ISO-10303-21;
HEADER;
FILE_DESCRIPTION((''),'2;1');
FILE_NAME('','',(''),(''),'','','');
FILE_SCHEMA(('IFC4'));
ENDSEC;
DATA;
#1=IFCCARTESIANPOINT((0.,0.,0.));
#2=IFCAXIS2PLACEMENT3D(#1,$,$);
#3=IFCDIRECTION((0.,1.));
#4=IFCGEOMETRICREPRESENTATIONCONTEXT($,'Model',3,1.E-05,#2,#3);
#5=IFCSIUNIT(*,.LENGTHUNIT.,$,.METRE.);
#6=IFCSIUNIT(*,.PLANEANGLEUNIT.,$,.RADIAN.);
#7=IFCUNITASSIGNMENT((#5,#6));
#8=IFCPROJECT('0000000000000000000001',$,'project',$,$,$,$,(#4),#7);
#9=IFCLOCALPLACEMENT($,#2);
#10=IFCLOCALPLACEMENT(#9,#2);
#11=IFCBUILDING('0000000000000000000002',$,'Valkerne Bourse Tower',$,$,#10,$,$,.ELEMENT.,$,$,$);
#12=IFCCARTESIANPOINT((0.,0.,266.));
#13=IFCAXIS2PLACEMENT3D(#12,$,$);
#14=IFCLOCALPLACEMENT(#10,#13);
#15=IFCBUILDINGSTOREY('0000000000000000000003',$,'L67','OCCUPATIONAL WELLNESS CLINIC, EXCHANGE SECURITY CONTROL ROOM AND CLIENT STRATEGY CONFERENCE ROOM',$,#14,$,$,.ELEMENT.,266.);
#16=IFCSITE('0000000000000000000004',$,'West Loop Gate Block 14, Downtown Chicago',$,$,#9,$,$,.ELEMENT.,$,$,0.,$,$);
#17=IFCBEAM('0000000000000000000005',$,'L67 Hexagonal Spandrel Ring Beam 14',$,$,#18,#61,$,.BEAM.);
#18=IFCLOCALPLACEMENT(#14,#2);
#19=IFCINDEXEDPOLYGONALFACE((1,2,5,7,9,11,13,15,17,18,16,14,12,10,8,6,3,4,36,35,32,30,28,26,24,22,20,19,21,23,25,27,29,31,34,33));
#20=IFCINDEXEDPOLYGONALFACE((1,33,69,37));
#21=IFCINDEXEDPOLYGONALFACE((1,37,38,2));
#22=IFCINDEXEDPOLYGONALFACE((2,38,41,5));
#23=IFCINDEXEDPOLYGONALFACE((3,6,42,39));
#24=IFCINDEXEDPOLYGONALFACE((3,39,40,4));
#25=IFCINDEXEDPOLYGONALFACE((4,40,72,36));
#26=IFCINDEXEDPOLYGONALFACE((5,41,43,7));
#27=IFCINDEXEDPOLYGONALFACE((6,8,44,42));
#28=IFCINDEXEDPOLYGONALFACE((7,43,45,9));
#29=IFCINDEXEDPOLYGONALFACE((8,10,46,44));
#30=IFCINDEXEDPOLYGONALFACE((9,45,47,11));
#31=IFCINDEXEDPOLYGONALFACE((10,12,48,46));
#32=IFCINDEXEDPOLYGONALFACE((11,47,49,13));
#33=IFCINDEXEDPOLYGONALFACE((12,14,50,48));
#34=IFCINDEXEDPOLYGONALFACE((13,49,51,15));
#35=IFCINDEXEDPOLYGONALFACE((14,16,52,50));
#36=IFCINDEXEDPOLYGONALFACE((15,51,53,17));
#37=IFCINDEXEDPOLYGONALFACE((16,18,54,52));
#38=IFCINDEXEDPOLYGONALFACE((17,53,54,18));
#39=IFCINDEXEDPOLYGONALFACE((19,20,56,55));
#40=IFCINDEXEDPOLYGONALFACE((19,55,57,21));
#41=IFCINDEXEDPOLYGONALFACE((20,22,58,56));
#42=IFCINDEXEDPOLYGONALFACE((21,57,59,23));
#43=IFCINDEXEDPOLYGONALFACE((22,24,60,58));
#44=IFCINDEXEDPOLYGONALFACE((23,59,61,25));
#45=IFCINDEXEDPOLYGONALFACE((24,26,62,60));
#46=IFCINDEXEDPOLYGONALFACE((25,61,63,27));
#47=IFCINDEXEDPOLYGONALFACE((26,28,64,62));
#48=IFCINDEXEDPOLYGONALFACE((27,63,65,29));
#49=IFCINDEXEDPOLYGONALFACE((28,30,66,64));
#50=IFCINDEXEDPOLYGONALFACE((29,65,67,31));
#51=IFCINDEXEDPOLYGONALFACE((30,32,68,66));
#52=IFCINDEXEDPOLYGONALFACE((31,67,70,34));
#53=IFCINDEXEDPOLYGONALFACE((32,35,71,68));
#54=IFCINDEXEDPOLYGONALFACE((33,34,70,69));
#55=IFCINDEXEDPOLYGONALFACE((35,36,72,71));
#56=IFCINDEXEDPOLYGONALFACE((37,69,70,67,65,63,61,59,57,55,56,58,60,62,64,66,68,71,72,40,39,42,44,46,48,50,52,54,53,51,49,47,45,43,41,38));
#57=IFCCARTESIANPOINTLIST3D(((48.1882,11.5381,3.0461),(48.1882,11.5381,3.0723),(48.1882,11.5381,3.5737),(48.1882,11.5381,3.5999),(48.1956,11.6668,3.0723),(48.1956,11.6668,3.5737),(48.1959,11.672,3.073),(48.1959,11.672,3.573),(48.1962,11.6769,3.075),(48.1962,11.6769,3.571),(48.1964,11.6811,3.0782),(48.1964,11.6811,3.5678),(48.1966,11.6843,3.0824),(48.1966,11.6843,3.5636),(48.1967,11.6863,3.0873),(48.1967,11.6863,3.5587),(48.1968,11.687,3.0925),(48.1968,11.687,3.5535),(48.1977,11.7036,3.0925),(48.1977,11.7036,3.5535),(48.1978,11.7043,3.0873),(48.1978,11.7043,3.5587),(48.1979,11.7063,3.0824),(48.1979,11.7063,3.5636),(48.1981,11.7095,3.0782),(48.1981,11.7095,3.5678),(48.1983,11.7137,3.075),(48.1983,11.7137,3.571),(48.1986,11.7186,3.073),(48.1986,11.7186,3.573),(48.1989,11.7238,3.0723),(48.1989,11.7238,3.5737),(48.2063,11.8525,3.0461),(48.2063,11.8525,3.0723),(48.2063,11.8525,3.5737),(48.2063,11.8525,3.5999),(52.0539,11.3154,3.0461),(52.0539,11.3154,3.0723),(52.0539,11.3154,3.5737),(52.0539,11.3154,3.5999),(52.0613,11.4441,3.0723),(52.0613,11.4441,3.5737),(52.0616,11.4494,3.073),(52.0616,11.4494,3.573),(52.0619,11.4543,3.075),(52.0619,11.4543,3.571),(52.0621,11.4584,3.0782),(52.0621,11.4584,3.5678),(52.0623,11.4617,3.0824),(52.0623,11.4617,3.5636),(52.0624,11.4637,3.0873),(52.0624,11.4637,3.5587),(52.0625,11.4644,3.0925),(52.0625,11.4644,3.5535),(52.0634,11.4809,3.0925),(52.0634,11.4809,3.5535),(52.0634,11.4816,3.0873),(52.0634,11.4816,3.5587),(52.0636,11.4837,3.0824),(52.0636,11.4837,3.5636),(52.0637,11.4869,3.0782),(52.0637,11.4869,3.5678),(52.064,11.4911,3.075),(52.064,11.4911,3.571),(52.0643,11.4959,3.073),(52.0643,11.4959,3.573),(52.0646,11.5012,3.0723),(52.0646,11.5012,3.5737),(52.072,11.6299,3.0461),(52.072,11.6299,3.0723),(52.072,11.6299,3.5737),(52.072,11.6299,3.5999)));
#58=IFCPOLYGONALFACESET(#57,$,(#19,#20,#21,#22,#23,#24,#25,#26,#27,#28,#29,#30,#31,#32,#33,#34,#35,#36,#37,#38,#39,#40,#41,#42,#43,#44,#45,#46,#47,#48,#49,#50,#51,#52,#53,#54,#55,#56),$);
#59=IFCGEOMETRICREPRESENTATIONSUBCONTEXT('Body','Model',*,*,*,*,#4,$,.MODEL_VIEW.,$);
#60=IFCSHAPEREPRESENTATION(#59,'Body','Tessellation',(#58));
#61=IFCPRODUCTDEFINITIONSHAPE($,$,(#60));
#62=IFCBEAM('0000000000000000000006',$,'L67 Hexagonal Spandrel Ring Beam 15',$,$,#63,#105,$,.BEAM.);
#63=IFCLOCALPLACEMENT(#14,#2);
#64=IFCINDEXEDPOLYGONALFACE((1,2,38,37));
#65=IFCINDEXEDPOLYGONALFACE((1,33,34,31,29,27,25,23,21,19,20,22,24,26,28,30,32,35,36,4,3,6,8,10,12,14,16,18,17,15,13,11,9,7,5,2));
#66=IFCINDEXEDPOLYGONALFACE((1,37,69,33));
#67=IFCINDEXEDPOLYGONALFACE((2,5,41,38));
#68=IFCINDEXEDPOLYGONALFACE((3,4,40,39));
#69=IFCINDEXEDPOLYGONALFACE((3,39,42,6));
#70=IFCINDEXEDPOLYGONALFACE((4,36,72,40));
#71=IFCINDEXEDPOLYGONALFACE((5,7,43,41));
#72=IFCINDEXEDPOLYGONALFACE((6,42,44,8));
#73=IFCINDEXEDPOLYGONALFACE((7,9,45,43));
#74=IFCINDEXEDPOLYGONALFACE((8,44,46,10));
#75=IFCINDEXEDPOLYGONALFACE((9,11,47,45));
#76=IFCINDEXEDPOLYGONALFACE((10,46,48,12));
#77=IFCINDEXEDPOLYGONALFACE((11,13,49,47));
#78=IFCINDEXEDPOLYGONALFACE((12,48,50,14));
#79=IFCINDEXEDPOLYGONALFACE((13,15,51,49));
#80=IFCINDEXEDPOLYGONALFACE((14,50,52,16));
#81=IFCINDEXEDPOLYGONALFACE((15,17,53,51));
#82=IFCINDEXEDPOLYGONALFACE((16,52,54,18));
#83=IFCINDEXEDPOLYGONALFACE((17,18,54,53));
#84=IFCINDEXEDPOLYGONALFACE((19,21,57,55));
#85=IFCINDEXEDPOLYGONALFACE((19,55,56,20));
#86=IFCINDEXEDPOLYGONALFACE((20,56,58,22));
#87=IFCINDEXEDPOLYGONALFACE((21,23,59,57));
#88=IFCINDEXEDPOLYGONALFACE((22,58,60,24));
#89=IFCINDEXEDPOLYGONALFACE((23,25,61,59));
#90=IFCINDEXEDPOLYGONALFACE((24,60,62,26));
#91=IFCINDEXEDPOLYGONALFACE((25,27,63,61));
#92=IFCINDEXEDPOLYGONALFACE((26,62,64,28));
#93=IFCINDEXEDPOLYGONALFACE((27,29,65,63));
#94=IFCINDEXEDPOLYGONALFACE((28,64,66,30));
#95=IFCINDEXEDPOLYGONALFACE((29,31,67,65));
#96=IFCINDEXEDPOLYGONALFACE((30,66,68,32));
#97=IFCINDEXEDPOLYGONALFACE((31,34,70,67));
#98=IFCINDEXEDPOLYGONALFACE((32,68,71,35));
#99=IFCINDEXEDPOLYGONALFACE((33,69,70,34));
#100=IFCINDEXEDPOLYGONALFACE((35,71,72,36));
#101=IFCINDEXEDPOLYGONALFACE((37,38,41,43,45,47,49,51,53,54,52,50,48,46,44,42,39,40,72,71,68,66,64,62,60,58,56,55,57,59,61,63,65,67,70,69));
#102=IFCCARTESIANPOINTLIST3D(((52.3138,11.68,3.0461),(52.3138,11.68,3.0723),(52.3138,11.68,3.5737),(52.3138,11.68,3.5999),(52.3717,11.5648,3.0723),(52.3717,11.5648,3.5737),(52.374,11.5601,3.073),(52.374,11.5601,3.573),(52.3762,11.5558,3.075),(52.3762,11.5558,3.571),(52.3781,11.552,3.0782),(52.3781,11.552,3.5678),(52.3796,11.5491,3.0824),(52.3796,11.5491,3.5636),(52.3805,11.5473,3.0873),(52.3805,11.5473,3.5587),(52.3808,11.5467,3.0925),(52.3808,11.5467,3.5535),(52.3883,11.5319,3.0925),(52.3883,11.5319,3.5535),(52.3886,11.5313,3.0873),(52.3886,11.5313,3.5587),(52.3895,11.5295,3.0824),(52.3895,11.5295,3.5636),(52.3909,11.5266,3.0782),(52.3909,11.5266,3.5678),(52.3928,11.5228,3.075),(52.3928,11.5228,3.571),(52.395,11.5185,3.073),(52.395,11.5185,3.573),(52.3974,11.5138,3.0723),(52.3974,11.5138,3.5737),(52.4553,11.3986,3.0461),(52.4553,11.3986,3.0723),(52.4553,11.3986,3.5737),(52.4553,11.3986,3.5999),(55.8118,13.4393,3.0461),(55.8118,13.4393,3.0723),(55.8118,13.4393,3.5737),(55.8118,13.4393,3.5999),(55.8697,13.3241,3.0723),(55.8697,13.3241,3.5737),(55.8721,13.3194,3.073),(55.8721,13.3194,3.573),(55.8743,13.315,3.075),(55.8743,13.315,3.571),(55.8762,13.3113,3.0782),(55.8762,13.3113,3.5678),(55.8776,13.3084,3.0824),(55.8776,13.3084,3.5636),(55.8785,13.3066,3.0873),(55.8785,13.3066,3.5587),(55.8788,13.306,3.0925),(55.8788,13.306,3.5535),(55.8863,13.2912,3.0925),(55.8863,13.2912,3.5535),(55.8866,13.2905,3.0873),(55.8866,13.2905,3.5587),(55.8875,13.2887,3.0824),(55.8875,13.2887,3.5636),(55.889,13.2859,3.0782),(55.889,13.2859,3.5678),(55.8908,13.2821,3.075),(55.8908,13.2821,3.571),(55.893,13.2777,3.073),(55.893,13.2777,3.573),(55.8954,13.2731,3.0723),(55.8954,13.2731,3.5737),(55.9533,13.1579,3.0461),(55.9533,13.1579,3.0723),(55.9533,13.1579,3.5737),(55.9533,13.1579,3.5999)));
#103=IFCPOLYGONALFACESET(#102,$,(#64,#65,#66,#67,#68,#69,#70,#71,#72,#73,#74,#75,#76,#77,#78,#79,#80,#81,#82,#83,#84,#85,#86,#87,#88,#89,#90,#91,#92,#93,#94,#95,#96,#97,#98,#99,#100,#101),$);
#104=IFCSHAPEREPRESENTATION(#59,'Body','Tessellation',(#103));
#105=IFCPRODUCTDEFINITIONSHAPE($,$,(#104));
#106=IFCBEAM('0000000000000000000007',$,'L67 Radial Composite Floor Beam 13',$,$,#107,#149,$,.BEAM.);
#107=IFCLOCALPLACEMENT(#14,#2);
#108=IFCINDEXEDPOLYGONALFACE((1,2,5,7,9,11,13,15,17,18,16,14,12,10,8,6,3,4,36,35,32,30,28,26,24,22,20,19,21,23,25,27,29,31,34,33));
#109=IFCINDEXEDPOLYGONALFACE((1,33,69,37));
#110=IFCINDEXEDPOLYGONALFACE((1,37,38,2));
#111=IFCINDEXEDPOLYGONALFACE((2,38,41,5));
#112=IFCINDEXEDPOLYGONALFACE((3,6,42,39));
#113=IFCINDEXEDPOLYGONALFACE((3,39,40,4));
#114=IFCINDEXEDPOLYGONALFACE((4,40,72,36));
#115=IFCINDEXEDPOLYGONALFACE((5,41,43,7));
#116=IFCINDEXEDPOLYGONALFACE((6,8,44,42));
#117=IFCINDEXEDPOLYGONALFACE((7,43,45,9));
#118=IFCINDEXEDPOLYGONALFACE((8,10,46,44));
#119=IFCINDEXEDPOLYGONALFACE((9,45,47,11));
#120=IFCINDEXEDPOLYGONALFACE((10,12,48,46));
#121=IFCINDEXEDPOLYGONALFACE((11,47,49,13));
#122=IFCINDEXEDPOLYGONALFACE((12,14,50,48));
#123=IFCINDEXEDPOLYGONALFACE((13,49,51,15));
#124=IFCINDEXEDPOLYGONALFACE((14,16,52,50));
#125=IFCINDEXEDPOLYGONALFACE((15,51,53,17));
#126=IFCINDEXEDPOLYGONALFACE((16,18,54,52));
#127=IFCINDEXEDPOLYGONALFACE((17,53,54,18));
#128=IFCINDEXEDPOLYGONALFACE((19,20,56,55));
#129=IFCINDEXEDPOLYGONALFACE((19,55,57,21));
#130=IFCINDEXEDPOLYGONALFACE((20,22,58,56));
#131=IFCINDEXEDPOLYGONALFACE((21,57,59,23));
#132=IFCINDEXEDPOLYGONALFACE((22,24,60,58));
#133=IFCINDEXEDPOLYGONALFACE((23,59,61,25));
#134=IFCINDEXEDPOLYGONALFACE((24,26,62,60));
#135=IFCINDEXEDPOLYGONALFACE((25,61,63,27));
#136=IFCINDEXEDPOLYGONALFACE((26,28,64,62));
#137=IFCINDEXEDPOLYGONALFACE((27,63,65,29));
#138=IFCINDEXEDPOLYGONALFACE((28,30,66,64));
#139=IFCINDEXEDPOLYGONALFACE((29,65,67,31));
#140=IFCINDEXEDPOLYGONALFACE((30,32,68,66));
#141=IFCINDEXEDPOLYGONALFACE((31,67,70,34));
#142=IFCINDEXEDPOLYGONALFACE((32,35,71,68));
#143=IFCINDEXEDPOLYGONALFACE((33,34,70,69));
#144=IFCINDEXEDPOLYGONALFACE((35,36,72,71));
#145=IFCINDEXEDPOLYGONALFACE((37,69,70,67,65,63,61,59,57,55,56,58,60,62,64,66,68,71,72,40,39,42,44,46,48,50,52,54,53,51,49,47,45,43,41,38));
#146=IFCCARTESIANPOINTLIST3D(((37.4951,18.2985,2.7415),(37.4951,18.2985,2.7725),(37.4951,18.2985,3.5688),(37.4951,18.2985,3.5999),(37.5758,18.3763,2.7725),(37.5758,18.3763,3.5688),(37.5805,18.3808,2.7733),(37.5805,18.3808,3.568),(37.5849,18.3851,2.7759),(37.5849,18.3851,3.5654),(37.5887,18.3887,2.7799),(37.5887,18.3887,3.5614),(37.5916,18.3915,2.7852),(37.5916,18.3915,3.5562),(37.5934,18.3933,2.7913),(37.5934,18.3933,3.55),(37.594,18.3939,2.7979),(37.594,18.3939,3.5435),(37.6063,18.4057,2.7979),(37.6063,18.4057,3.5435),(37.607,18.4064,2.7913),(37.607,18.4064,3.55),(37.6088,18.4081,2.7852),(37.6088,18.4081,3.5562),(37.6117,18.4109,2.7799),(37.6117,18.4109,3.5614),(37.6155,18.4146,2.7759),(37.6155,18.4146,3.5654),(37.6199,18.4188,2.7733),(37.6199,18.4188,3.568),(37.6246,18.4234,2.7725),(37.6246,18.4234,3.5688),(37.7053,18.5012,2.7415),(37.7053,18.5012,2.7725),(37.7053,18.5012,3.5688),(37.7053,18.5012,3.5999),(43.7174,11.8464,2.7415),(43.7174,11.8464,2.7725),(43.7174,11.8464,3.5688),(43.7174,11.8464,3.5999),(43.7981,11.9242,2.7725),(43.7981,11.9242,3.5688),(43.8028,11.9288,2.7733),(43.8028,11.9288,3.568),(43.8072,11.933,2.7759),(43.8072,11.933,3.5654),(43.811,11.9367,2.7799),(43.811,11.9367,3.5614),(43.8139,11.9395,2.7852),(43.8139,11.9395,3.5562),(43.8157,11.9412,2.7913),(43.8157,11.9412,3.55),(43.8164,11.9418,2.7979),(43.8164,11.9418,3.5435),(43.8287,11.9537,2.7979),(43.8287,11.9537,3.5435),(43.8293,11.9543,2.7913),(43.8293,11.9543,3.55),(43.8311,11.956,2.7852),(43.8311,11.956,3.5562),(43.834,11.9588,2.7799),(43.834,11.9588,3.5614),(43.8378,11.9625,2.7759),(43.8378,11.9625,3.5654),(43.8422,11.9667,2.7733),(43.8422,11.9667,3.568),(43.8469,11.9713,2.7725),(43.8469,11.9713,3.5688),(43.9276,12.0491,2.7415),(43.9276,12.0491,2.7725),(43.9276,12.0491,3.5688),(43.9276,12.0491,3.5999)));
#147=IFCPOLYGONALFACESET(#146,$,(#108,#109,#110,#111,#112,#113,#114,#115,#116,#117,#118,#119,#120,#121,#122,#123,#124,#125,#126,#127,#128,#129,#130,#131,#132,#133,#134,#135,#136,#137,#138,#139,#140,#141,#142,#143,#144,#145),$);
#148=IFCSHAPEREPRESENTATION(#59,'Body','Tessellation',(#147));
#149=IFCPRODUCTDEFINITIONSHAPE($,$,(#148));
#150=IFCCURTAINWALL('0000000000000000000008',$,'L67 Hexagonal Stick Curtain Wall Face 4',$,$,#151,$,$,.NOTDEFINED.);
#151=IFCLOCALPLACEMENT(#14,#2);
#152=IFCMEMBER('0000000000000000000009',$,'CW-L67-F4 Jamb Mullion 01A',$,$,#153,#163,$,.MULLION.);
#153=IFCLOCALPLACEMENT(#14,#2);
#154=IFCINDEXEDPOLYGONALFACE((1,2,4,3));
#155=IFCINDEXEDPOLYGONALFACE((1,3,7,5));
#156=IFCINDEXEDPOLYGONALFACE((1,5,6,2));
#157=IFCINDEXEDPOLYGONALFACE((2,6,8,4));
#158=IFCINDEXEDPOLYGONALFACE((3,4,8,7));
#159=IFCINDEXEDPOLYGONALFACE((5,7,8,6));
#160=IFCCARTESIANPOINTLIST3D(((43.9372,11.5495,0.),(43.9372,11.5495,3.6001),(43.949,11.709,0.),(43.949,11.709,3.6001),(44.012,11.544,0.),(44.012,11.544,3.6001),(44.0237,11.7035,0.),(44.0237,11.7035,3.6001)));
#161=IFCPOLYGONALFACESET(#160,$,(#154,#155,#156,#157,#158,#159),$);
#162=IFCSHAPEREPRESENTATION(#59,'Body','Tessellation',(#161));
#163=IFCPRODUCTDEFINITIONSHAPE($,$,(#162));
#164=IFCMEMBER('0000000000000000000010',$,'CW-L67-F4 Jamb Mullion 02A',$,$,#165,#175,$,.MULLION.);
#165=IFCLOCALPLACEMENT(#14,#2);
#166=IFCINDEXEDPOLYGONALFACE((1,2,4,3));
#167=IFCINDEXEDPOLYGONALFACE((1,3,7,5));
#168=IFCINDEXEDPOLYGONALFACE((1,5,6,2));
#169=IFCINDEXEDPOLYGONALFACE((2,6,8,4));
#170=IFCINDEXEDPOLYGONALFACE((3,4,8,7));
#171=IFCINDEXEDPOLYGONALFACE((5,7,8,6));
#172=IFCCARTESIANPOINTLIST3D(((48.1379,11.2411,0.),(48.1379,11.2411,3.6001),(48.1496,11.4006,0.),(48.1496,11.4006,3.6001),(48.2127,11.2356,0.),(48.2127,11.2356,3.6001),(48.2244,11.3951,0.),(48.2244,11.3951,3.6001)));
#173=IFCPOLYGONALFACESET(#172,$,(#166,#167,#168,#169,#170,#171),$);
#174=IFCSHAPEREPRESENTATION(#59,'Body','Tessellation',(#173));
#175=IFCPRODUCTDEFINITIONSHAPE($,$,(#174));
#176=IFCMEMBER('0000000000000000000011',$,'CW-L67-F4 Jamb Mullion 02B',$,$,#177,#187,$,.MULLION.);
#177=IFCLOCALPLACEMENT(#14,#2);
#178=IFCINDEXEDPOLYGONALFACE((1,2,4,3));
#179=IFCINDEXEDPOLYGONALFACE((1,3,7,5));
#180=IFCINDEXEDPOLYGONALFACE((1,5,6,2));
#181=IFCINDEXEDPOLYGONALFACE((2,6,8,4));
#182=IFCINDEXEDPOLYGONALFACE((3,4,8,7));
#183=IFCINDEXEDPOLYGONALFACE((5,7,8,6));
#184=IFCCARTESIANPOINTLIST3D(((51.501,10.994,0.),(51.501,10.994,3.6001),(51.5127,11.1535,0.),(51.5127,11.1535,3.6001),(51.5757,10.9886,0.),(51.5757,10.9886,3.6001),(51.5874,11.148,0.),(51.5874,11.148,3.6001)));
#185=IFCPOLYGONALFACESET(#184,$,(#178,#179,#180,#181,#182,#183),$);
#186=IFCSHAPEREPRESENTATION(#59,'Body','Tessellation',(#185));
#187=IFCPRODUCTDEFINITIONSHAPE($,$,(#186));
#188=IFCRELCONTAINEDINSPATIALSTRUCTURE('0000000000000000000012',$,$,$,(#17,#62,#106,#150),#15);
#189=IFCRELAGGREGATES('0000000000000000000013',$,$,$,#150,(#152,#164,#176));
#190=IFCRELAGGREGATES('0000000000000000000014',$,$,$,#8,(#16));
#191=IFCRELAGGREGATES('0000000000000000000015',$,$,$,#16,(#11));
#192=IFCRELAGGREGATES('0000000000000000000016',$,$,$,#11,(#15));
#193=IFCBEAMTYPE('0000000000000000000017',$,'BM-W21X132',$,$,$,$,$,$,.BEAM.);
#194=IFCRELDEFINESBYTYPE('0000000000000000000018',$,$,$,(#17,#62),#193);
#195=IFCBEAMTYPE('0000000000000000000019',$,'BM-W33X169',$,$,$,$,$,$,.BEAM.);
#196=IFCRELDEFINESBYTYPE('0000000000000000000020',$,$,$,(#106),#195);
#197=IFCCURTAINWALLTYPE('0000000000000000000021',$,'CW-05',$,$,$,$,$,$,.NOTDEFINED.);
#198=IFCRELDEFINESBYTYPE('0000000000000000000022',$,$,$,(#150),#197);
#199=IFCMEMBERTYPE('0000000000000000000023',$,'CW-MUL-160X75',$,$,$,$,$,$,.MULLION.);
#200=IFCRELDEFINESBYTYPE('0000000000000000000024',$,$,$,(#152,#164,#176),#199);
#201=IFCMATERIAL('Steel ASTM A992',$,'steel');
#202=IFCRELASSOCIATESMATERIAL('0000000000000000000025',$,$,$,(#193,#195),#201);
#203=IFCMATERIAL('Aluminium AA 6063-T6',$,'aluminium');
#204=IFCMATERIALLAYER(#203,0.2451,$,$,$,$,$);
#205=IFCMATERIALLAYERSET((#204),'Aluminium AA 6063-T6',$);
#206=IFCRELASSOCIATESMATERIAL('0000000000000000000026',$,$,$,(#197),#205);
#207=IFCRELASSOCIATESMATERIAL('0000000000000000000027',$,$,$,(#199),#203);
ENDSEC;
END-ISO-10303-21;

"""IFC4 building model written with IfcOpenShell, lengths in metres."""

from ifc_helpers import new_model, si_unit, direction, frame, origin, origin_2d, place, context, subcontext, project, spatial, rectangle, i_section, extrude, material, layer, layer_set, material_profile, profile_set, type_object, element, aggregate, save


model = new_model("IFC4")

# Units and contexts
model_context = context("Model", 3, precision=1e-05, world=origin(), true_north=direction((0.0, 1.0)))
body_context = subcontext(model_context, "Body", "Model", "MODEL_VIEW")
ifc_project = project(units=[si_unit("LENGTHUNIT", "METRE"), si_unit("PLANEANGLEUNIT", "RADIAN")], contexts=[model_context])

# Site, building, storey
site_placement = place(None, origin())
site = spatial("IfcSite", under=ifc_project, at=site_placement, Name="West Loop Gate Block 14, Downtown Chicago", CompositionType="ELEMENT", RefElevation=0.0)
building_placement = place(site_placement, origin())
building = spatial("IfcBuilding", under=site, at=building_placement, Name="Valkerne Bourse Tower", CompositionType="ELEMENT")
storey_placement = place(building_placement, frame((0.0, 0.0, 266.0)))
storey = spatial("IfcBuildingStorey", under=building, at=storey_placement, Name="L67", Description="OCCUPATIONAL WELLNESS CLINIC, EXCHANGE SECURITY CONTROL ROOM AND CLIENT STRATEGY CONFERENCE ROOM", CompositionType="ELEMENT", Elevation=266.0)

# Beams
ifc_material_1 = material(Name="Steel ASTM A992", Category="steel")
ifc_material_profile_1 = material_profile(ifc_material_1, i_section(OverallWidth=0.3149, OverallDepth=0.5537, WebThickness=0.0166, FlangeThickness=0.0261, FilletRadius=0.0203, at=origin_2d()), Name="W21X132")
ifc_profile_set_1 = profile_set([ifc_material_profile_1], Name="Steel ASTM A992")
beam_type_1 = type_object("IfcBeamType", Name="BM-W21X132", PredefinedType="BEAM", material=ifc_profile_set_1)
for number, where, z_axis, x_axis, name in (
    (1, (48.1973, 11.6953, 3.323), (0.998345, -0.057502, 0.0), (0.057502, 0.998345, 0.0), "L67 Hexagonal Spandrel Ring Beam 14"),
):
    element("IfcBeam", number, at=place(storey_placement, frame(where, z_axis=z_axis, x_axis=x_axis)), inside=storey, type_object=beam_type_1, Name=name, PredefinedType="BEAM", context=body_context, shape_type="SweptSolid", body=[
        extrude(i_section(OverallWidth=0.3149, OverallDepth=0.5537, WebThickness=0.0166, FlangeThickness=0.0261, FilletRadius=0.0203, at=origin_2d()), origin(), (0.0, 0.0, 1.0), 3.8721),
    ])
beam_1_placement = place(storey_placement, frame((52.3845, 11.5393, 3.323), z_axis=(0.893377, 0.449307, 0.0), x_axis=(-0.449307, 0.893377, 0.0)))
element("IfcBeam", 2, at=beam_1_placement, inside=storey, type_object=beam_type_1, Name="L67 Hexagonal Spandrel Ring Beam 15", PredefinedType="BEAM", context=body_context, shape_type="SweptSolid", body=[
    extrude(i_section(OverallWidth=0.3149, OverallDepth=0.5537, WebThickness=0.0166, FlangeThickness=0.0261, FilletRadius=0.0203, at=origin_2d()), origin(), (0.0, 0.0, 1.0), 3.9155),
])
ifc_material_profile_2 = material_profile(ifc_material_1, i_section(OverallWidth=0.292, OverallDepth=0.8584, WebThickness=0.0171, FlangeThickness=0.031, FilletRadius=0.0254, at=origin_2d()), Name="W33X169")
ifc_profile_set_2 = profile_set([ifc_material_profile_2], Name="Steel ASTM A992")
beam_type_2 = type_object("IfcBeamType", Name="BM-W33X169", PredefinedType="BEAM", material=ifc_profile_set_2)
beam_2_placement = place(storey_placement, frame((43.8225, 11.9478, 3.1707), z_axis=(-0.694176, 0.719805, 0.0), x_axis=(-0.719805, -0.694176, 0.0)))
element("IfcBeam", 3, at=beam_2_placement, inside=storey, type_object=beam_type_2, Name="L67 Radial Composite Floor Beam 13", PredefinedType="BEAM", context=body_context, shape_type="SweptSolid", body=[
    extrude(i_section(OverallWidth=0.292, OverallDepth=0.8584, WebThickness=0.0171, FlangeThickness=0.031, FilletRadius=0.0254, at=origin_2d()), origin(), (0.0, 0.0, 1.0), 8.9636),
])

# Curtain wall, members
ifc_material_2 = material(Name="Aluminium AA 6063-T6", Category="aluminium")
ifc_layer_1 = layer(ifc_material_2, 0.2451)
ifc_layer_set_1 = layer_set([ifc_layer_1], Name="Aluminium AA 6063-T6")
curtain_wall_type = type_object("IfcCurtainWallType", Name="CW-05", PredefinedType="NOTDEFINED", material=ifc_layer_set_1)
curtain_wall_placement = place(storey_placement, origin())
curtain_wall = element("IfcCurtainWall", 4, at=curtain_wall_placement, inside=storey, type_object=curtain_wall_type, Name="L67 Hexagonal Stick Curtain Wall Face 4", PredefinedType="NOTDEFINED")
ifc_material_profile_3 = material_profile(ifc_material_2, rectangle(XDim=0.075, YDim=0.1599, at=origin_2d()), Name="CWM-75X160")
ifc_profile_set_3 = profile_set([ifc_material_profile_3], Name="Aluminium AA 6063-T6")
member_type_1 = type_object("IfcMemberType", Name="CW-MUL-160X75", PredefinedType="MULLION", material=ifc_profile_set_3)
member_1_placement = place(storey_placement, frame((43.9805, 11.6265, 0.0), z_axis=(0.0, 0.0, 1.0), x_axis=(0.997314, -0.073243, 0.0)))
member_1 = element("IfcMember", 5, at=member_1_placement, type_object=member_type_1, Name="CW-L67-F4 Jamb Mullion 01A", PredefinedType="MULLION", context=body_context, shape_type="SweptSolid", body=[
    extrude(rectangle(XDim=0.075, YDim=0.1599, at=origin_2d()), origin(), (0.0, 0.0, 1.0), 3.6001),
])
member_2_placement = place(storey_placement, frame((48.1812, 11.3181, 0.0), z_axis=(0.0, 0.0, 1.0), x_axis=(0.997316, -0.073219, 0.0)))
member_2 = element("IfcMember", 6, at=member_2_placement, type_object=member_type_1, Name="CW-L67-F4 Jamb Mullion 02A", PredefinedType="MULLION", context=body_context, shape_type="SweptSolid", body=[
    extrude(rectangle(XDim=0.075, YDim=0.1599, at=origin_2d()), origin(), (0.0, 0.0, 1.0), 3.6001),
])
member_3_placement = place(storey_placement, frame((51.5442, 11.071, 0.0), z_axis=(0.0, 0.0, 1.0), x_axis=(0.997316, -0.073219, 0.0)))
member_3 = element("IfcMember", 7, at=member_3_placement, type_object=member_type_1, Name="CW-L67-F4 Jamb Mullion 02B", PredefinedType="MULLION", context=body_context, shape_type="SweptSolid", body=[
    extrude(rectangle(XDim=0.075, YDim=0.1599, at=origin_2d()), origin(), (0.0, 0.0, 1.0), 3.6001),
])

aggregate(curtain_wall, [member_1, member_2, member_3])

save(model, "model.ifc")
